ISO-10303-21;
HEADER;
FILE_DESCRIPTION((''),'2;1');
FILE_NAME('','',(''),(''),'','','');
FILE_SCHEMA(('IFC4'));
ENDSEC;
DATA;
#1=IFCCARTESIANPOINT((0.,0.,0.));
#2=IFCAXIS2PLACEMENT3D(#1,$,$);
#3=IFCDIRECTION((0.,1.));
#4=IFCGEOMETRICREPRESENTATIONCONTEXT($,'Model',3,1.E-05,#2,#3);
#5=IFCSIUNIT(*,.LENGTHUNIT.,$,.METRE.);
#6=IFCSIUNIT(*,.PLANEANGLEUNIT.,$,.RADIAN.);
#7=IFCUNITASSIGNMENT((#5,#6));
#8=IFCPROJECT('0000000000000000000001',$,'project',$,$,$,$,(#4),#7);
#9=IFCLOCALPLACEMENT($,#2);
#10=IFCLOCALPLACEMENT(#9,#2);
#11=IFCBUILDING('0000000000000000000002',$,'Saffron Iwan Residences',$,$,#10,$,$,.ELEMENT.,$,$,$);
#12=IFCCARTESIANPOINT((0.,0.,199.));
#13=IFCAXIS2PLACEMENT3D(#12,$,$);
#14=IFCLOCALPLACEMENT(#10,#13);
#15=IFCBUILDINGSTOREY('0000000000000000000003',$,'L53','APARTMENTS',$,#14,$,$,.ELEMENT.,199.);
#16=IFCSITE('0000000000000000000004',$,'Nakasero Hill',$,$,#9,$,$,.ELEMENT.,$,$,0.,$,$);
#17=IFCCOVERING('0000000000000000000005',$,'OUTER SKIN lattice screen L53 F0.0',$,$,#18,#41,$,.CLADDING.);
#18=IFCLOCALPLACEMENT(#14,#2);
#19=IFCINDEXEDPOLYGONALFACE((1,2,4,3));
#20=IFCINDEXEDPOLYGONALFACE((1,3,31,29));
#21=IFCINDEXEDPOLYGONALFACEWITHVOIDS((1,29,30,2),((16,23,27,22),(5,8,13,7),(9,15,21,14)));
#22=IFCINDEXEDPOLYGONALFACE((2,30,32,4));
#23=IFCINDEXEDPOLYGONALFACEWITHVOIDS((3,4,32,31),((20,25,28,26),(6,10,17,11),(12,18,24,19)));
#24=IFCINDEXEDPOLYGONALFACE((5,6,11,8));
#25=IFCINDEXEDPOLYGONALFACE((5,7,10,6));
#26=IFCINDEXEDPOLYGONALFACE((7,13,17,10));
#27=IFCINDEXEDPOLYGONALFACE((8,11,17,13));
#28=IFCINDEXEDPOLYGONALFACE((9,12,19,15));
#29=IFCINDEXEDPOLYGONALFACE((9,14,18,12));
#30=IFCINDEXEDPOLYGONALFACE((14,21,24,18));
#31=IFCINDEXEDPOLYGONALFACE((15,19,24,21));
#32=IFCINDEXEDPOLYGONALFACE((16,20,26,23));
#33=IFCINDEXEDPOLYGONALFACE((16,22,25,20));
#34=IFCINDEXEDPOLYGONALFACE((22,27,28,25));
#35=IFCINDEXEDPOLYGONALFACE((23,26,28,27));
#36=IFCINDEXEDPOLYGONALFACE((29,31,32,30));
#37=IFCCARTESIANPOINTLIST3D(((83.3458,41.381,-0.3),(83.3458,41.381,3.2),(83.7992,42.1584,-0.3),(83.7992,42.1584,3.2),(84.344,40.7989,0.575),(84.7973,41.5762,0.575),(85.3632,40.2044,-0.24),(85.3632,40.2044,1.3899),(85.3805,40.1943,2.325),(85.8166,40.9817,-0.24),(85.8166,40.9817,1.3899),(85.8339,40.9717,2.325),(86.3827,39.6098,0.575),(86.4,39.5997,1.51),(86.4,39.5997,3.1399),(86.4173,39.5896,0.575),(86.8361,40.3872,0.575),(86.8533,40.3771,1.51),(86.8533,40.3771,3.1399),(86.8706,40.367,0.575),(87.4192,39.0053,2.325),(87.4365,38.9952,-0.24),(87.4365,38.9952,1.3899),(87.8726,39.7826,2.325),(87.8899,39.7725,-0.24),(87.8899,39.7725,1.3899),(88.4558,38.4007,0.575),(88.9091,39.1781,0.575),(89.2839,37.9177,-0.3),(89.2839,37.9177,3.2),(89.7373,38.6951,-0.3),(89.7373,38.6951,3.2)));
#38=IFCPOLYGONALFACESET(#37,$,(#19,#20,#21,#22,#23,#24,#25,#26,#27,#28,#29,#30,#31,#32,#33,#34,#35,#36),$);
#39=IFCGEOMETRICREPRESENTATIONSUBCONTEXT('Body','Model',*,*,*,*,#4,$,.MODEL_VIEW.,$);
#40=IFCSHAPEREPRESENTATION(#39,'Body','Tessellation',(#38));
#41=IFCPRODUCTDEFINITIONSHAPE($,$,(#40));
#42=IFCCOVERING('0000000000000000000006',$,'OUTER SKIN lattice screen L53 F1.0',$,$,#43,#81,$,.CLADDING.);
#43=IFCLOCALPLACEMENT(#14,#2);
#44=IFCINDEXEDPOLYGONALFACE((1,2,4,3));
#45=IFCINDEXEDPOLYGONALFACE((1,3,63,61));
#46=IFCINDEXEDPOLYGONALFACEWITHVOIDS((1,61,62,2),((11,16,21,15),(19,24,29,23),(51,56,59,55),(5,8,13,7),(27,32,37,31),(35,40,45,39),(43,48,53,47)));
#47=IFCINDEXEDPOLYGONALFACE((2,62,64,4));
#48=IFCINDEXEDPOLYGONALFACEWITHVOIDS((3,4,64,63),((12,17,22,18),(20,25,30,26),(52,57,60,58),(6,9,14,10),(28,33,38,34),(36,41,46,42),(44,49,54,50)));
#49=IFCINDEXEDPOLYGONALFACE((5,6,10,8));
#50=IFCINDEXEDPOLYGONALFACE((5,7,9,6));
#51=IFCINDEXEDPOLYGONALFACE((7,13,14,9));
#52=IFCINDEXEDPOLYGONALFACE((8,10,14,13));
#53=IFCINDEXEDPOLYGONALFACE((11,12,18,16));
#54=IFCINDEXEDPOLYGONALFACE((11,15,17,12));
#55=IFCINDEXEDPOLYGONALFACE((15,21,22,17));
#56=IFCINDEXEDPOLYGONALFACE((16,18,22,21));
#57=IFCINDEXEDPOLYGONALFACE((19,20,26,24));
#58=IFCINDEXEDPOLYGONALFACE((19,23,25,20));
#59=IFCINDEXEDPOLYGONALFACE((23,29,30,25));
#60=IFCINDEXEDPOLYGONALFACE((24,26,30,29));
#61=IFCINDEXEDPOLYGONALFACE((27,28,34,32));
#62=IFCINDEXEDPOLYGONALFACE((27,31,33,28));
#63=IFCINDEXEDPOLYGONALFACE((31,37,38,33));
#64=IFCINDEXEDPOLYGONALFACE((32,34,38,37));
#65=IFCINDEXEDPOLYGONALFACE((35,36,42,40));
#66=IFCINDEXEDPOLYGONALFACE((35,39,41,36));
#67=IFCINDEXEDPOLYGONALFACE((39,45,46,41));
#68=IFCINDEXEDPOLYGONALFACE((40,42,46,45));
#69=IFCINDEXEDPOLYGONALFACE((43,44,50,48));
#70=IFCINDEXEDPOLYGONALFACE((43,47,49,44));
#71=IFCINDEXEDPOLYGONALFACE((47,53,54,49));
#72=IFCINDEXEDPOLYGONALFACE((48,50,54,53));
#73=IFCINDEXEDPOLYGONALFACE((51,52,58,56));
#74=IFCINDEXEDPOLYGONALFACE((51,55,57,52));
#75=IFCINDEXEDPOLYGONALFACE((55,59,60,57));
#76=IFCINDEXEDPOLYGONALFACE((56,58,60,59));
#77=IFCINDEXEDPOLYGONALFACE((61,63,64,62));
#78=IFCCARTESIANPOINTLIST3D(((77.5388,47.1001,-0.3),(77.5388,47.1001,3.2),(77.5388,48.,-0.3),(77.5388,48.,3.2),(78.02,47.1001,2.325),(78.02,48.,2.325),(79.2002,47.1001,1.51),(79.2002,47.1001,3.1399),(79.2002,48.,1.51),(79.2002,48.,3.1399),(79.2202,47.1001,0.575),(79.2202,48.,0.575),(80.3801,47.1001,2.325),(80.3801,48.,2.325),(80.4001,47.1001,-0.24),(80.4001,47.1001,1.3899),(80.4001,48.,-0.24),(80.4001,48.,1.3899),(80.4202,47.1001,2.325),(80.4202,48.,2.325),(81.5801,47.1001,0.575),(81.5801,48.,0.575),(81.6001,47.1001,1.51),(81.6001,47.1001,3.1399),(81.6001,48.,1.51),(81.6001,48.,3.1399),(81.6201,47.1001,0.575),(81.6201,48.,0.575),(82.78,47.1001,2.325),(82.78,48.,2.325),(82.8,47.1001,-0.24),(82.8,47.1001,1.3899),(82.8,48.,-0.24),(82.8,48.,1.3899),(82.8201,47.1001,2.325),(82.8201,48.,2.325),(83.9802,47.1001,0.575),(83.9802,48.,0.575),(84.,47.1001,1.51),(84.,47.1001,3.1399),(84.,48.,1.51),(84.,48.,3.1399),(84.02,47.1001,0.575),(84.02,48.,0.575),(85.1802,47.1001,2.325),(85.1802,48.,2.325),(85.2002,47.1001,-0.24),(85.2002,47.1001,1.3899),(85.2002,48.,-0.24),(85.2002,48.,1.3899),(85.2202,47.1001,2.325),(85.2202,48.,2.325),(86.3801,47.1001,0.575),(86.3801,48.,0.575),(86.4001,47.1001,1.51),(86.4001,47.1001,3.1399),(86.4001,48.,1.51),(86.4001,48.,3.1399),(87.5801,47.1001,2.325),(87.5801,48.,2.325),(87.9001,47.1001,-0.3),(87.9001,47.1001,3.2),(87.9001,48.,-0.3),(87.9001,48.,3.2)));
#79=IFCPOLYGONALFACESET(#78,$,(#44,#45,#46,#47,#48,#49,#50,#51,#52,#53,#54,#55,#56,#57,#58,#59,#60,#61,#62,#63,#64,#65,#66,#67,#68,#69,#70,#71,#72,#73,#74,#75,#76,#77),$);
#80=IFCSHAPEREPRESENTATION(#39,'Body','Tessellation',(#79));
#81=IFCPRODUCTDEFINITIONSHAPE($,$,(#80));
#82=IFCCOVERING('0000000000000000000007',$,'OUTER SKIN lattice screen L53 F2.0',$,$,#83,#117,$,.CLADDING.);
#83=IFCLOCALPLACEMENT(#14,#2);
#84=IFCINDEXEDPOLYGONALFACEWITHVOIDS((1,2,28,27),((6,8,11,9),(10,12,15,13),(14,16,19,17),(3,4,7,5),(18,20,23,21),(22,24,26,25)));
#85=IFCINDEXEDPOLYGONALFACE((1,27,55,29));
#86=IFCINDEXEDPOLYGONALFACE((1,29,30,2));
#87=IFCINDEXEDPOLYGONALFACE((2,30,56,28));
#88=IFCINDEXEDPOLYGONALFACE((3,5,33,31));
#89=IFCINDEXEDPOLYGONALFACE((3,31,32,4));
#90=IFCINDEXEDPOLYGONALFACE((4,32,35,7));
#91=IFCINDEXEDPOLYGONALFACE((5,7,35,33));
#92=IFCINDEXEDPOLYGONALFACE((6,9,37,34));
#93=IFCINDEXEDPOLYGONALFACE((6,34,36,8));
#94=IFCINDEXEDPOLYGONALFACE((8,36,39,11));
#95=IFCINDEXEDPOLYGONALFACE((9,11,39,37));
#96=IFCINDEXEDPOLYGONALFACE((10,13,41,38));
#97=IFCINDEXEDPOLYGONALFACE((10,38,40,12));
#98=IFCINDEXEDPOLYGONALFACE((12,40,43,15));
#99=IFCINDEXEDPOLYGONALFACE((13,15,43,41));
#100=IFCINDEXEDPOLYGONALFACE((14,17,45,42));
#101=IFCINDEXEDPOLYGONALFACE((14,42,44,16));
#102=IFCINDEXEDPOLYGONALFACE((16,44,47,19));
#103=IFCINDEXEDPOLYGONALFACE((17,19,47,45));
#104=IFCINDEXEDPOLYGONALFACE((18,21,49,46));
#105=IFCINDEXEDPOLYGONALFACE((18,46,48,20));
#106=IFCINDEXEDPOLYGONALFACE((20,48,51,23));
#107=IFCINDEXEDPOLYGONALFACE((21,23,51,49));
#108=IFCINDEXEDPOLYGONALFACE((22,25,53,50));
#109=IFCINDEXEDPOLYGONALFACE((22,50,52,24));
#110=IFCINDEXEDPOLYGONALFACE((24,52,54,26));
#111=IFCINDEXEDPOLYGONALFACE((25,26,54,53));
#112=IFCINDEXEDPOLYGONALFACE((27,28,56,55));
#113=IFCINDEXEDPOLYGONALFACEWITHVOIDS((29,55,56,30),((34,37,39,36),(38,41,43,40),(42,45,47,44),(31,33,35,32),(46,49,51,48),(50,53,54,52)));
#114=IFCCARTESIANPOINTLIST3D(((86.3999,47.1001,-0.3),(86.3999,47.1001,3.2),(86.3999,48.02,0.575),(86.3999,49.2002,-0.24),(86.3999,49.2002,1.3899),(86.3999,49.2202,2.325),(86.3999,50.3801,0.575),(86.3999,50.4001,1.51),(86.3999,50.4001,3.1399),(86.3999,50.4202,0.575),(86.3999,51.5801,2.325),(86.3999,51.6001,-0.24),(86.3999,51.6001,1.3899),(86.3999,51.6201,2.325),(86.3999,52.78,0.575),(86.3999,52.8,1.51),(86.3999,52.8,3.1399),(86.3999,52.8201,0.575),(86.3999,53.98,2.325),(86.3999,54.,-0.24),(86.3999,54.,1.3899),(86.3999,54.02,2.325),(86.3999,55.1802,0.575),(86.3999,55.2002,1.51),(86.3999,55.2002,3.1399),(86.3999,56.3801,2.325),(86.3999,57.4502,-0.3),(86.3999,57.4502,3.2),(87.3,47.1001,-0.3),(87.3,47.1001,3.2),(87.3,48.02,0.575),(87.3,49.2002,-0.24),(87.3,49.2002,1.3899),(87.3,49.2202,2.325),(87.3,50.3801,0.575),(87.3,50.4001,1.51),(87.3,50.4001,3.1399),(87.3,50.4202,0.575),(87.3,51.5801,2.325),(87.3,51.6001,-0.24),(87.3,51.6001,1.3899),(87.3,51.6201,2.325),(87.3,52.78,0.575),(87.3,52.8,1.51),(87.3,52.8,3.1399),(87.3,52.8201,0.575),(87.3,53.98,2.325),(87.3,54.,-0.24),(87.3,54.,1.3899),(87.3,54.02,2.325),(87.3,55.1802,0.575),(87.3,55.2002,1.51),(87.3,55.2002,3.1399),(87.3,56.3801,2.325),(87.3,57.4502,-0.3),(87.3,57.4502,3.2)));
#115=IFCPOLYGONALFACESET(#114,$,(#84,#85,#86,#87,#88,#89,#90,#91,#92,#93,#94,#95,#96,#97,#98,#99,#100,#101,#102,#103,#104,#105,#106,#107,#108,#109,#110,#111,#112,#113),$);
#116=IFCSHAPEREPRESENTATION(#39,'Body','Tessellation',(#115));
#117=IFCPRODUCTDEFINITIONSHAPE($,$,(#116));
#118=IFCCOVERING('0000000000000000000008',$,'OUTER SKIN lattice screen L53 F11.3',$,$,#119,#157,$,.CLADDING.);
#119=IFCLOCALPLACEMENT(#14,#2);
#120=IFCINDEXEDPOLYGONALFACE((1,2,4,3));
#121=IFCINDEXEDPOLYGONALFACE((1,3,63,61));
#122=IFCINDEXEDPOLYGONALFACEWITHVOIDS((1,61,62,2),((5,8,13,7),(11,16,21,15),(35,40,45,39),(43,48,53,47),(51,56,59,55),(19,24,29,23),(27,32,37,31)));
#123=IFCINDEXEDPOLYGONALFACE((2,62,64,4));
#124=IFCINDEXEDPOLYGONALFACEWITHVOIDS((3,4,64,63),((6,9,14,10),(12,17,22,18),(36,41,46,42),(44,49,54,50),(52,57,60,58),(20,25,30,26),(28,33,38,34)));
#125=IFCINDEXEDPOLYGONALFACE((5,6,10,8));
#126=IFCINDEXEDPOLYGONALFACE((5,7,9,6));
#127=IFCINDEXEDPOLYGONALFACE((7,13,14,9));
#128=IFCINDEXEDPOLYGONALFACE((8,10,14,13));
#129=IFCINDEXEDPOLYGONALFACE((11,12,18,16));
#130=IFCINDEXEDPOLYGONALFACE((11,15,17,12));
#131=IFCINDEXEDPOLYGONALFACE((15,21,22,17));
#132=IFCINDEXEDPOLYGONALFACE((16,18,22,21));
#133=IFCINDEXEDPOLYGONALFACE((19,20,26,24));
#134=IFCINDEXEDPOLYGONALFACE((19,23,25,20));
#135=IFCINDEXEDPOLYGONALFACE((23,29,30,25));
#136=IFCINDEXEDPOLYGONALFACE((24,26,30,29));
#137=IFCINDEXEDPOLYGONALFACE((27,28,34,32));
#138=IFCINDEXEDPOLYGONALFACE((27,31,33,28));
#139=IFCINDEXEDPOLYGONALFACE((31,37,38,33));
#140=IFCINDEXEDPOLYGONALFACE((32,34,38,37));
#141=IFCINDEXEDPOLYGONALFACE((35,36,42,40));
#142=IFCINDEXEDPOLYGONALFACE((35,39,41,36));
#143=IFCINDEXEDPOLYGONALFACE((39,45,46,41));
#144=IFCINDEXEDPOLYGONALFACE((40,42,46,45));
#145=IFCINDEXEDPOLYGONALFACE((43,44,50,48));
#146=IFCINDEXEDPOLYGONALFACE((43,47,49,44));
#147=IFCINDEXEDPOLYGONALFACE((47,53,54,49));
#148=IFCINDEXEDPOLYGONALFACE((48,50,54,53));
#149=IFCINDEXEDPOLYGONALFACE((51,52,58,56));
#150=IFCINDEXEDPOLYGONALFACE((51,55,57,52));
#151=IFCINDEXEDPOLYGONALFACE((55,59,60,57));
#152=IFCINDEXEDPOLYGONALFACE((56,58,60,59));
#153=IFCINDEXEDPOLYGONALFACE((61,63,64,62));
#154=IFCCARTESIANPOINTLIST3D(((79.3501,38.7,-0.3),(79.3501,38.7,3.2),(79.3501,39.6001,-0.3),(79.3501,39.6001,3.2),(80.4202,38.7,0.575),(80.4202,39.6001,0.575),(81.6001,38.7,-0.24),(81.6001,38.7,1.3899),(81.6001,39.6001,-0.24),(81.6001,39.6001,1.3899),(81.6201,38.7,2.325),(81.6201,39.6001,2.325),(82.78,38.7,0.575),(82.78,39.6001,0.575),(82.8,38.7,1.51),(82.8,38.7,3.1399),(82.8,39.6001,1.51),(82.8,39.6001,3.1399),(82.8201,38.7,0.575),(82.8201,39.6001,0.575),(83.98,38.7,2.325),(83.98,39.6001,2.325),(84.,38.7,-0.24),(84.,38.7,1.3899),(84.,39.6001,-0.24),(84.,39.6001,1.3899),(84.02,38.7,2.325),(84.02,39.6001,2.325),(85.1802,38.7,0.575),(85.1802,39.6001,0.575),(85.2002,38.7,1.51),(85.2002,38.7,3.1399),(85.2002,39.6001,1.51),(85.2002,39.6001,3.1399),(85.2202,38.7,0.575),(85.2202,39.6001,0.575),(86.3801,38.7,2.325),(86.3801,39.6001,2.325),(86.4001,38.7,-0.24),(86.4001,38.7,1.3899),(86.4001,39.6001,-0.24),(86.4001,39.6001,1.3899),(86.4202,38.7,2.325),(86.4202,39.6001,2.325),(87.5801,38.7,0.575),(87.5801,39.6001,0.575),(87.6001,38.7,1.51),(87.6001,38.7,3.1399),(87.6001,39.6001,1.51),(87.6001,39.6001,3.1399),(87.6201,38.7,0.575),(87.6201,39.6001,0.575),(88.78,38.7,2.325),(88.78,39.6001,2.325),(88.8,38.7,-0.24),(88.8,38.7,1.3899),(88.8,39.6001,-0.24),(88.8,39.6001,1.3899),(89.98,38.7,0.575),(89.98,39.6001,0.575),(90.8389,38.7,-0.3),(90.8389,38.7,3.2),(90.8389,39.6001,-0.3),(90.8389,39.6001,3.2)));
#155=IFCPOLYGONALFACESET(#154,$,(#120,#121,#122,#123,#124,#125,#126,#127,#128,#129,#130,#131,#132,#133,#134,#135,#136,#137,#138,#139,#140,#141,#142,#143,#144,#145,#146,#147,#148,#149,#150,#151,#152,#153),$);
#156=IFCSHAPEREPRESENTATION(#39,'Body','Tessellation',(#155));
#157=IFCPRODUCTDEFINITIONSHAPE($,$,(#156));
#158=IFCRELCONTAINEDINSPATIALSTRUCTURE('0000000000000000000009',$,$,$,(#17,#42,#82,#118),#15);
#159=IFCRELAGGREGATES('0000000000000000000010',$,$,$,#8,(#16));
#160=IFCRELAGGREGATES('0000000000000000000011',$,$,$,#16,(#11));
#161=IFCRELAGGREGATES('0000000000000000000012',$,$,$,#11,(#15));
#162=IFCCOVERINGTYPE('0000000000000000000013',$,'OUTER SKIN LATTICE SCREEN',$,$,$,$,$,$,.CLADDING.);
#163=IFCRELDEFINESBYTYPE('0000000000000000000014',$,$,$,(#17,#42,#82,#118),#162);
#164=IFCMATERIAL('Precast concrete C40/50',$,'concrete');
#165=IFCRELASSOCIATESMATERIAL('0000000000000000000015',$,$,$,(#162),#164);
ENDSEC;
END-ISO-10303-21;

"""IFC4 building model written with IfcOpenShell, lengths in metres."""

from ifc_helpers import new_model, si_unit, direction, frame, origin, place, context, subcontext, project, spatial, polyline, outline, extrude, material, type_object, element, save


model = new_model("IFC4")

# Units and contexts
model_context = context("Model", 3, precision=1e-05, world=origin(), true_north=direction((0.0, 1.0)))
body_context = subcontext(model_context, "Body", "Model", "MODEL_VIEW")
ifc_project = project(units=[si_unit("LENGTHUNIT", "METRE"), si_unit("PLANEANGLEUNIT", "RADIAN")], contexts=[model_context])

# Site, building, storey
site_placement = place(None, origin())
site = spatial("IfcSite", under=ifc_project, at=site_placement, Name="Nakasero Hill", CompositionType="ELEMENT", RefElevation=0.0)
building_placement = place(site_placement, origin())
building = spatial("IfcBuilding", under=site, at=building_placement, Name="Saffron Iwan Residences", CompositionType="ELEMENT")
storey_placement = place(building_placement, frame((0.0, 0.0, 199.0)))
storey = spatial("IfcBuildingStorey", under=building, at=storey_placement, Name="L53", Description="APARTMENTS", CompositionType="ELEMENT", Elevation=199.0)

# Coverings
ifc_material_1 = material(Name="Precast concrete C40/50", Category="concrete")
covering_type = type_object("IfcCoveringType", Name="OUTER SKIN LATTICE SCREEN", PredefinedType="CLADDING", material=ifc_material_1)
covering_1_placement = place(storey_placement, frame((89.2839, 37.9177, -0.3), z_axis=(0.503804, 0.863818, 0.0), x_axis=(-0.863818, 0.503804, 0.0)))
element("IfcCovering", 1, at=covering_1_placement, inside=storey, type_object=covering_type, Name="OUTER SKIN lattice screen L53 F0.0", PredefinedType="CLADDING", context=body_context, shape_type="SweptSolid", body=[
    extrude(outline(polyline([(0.0, 0.0), (6.8743, 0.0), (6.8743, 3.5), (0.0, 3.5), (0.0, 0.0)]), holes=[polyline([(0.9587, 0.875), (2.1387, 0.0601), (3.3186, 0.875), (2.1387, 1.6899), (0.9587, 0.875)]), polyline([(3.3586, 0.875), (4.5388, 0.0601), (5.7188, 0.875), (4.5388, 1.6899), (3.3586, 0.875)]), polyline([(2.1587, 2.625), (3.3386, 1.8101), (4.5188, 2.625), (3.3386, 3.4399), (2.1587, 2.625)])]), origin(), (0.0, 0.0, 1.0), 0.8999),
])
covering_2_placement = place(storey_placement, frame((77.5388, 48.0, -0.3), z_axis=(0.0, -1.0, 0.0), x_axis=(1.0, 0.0, 0.0)))
element("IfcCovering", 2, at=covering_2_placement, inside=storey, type_object=covering_type, Name="OUTER SKIN lattice screen L53 F1.0", PredefinedType="CLADDING", context=body_context, shape_type="SweptSolid", body=[
    extrude(outline(polyline([(0.0, 0.0), (10.3613, 0.0), (10.3613, 3.5), (0.0, 3.5), (0.0, 0.0)]), holes=[polyline([(1.6814, 0.875), (2.8613, 0.0601), (4.0413, 0.875), (2.8613, 1.6899), (1.6814, 0.875)]), polyline([(4.0813, 0.875), (5.2612, 0.0601), (6.4414, 0.875), (5.2612, 1.6899), (4.0813, 0.875)]), polyline([(6.4812, 0.875), (7.6614, 0.0601), (8.8413, 0.875), (7.6614, 1.6899), (6.4812, 0.875)]), polyline([(0.4812, 2.625), (1.6614, 1.8101), (2.8413, 2.625), (1.6614, 3.4399), (0.4812, 2.625)]), polyline([(2.8813, 2.625), (4.0613, 1.8101), (5.2412, 2.625), (4.0613, 3.4399), (2.8813, 2.625)]), polyline([(5.2812, 2.625), (6.4612, 1.8101), (7.6414, 2.625), (6.4612, 3.4399), (5.2812, 2.625)]), polyline([(7.6814, 2.625), (8.8613, 1.8101), (10.0413, 2.625), (8.8613, 3.4399), (7.6814, 2.625)])]), origin(), (0.0, 0.0, 1.0), 0.8999),
])
covering_3_placement = place(storey_placement, frame((86.3999, 47.1001, -0.3), z_axis=(1.0, 0.0, 0.0), x_axis=(0.0, 1.0, 0.0)))
element("IfcCovering", 3, at=covering_3_placement, inside=storey, type_object=covering_type, Name="OUTER SKIN lattice screen L53 F2.0", PredefinedType="CLADDING", context=body_context, shape_type="SweptSolid", body=[
    extrude(outline(polyline([(0.0, 0.0), (10.3501, 0.0), (10.3501, 3.5), (0.0, 3.5), (0.0, 0.0)]), holes=[polyline([(0.9199, 0.875), (2.1001, 0.0601), (3.28, 0.875), (2.1001, 1.6899), (0.9199, 0.875)]), polyline([(3.3201, 0.875), (4.5, 0.0601), (5.6799, 0.875), (4.5, 1.6899), (3.3201, 0.875)]), polyline([(5.72, 0.875), (6.8999, 0.0601), (8.0801, 0.875), (6.8999, 1.6899), (5.72, 0.875)]), polyline([(2.1201, 2.625), (3.3, 1.8101), (4.48, 2.625), (3.3, 3.4399), (2.1201, 2.625)]), polyline([(4.52, 2.625), (5.7, 1.8101), (6.8799, 2.625), (5.7, 3.4399), (4.52, 2.625)]), polyline([(6.9199, 2.625), (8.1001, 1.8101), (9.28, 2.625), (8.1001, 3.4399), (6.9199, 2.625)])]), origin(), (0.0, 0.0, 1.0), 0.9001),
])
covering_4_placement = place(storey_placement, frame((79.3501, 39.6001, -0.3), z_axis=(0.0, -1.0, 0.0), x_axis=(1.0, 0.0, 0.0)))
element("IfcCovering", 4, at=covering_4_placement, inside=storey, type_object=covering_type, Name="OUTER SKIN lattice screen L53 F11.3", PredefinedType="CLADDING", context=body_context, shape_type="SweptSolid", body=[
    extrude(outline(polyline([(0.0, 0.0), (11.4888, 0.0), (11.4888, 3.5), (0.0, 3.5), (0.0, 0.0)]), holes=[polyline([(1.0701, 0.875), (2.25, 0.0601), (3.4299, 0.875), (2.25, 1.6899), (1.0701, 0.875)]), polyline([(3.47, 0.875), (4.6499, 0.0601), (5.8301, 0.875), (4.6499, 1.6899), (3.47, 0.875)]), polyline([(5.8701, 0.875), (7.05, 0.0601), (8.23, 0.875), (7.05, 1.6899), (5.8701, 0.875)]), polyline([(8.27, 0.875), (9.45, 0.0601), (10.6299, 0.875), (9.45, 1.6899), (8.27, 0.875)]), polyline([(2.27, 2.625), (3.45, 1.8101), (4.6299, 2.625), (3.45, 3.4399), (2.27, 2.625)]), polyline([(4.6699, 2.625), (5.8501, 1.8101), (7.03, 2.625), (5.8501, 3.4399), (4.6699, 2.625)]), polyline([(7.0701, 2.625), (8.25, 1.8101), (9.4299, 2.625), (8.25, 3.4399), (7.0701, 2.625)])]), origin(), (0.0, 0.0, 1.0), 0.9001),
])

save(model, "model.ifc")
